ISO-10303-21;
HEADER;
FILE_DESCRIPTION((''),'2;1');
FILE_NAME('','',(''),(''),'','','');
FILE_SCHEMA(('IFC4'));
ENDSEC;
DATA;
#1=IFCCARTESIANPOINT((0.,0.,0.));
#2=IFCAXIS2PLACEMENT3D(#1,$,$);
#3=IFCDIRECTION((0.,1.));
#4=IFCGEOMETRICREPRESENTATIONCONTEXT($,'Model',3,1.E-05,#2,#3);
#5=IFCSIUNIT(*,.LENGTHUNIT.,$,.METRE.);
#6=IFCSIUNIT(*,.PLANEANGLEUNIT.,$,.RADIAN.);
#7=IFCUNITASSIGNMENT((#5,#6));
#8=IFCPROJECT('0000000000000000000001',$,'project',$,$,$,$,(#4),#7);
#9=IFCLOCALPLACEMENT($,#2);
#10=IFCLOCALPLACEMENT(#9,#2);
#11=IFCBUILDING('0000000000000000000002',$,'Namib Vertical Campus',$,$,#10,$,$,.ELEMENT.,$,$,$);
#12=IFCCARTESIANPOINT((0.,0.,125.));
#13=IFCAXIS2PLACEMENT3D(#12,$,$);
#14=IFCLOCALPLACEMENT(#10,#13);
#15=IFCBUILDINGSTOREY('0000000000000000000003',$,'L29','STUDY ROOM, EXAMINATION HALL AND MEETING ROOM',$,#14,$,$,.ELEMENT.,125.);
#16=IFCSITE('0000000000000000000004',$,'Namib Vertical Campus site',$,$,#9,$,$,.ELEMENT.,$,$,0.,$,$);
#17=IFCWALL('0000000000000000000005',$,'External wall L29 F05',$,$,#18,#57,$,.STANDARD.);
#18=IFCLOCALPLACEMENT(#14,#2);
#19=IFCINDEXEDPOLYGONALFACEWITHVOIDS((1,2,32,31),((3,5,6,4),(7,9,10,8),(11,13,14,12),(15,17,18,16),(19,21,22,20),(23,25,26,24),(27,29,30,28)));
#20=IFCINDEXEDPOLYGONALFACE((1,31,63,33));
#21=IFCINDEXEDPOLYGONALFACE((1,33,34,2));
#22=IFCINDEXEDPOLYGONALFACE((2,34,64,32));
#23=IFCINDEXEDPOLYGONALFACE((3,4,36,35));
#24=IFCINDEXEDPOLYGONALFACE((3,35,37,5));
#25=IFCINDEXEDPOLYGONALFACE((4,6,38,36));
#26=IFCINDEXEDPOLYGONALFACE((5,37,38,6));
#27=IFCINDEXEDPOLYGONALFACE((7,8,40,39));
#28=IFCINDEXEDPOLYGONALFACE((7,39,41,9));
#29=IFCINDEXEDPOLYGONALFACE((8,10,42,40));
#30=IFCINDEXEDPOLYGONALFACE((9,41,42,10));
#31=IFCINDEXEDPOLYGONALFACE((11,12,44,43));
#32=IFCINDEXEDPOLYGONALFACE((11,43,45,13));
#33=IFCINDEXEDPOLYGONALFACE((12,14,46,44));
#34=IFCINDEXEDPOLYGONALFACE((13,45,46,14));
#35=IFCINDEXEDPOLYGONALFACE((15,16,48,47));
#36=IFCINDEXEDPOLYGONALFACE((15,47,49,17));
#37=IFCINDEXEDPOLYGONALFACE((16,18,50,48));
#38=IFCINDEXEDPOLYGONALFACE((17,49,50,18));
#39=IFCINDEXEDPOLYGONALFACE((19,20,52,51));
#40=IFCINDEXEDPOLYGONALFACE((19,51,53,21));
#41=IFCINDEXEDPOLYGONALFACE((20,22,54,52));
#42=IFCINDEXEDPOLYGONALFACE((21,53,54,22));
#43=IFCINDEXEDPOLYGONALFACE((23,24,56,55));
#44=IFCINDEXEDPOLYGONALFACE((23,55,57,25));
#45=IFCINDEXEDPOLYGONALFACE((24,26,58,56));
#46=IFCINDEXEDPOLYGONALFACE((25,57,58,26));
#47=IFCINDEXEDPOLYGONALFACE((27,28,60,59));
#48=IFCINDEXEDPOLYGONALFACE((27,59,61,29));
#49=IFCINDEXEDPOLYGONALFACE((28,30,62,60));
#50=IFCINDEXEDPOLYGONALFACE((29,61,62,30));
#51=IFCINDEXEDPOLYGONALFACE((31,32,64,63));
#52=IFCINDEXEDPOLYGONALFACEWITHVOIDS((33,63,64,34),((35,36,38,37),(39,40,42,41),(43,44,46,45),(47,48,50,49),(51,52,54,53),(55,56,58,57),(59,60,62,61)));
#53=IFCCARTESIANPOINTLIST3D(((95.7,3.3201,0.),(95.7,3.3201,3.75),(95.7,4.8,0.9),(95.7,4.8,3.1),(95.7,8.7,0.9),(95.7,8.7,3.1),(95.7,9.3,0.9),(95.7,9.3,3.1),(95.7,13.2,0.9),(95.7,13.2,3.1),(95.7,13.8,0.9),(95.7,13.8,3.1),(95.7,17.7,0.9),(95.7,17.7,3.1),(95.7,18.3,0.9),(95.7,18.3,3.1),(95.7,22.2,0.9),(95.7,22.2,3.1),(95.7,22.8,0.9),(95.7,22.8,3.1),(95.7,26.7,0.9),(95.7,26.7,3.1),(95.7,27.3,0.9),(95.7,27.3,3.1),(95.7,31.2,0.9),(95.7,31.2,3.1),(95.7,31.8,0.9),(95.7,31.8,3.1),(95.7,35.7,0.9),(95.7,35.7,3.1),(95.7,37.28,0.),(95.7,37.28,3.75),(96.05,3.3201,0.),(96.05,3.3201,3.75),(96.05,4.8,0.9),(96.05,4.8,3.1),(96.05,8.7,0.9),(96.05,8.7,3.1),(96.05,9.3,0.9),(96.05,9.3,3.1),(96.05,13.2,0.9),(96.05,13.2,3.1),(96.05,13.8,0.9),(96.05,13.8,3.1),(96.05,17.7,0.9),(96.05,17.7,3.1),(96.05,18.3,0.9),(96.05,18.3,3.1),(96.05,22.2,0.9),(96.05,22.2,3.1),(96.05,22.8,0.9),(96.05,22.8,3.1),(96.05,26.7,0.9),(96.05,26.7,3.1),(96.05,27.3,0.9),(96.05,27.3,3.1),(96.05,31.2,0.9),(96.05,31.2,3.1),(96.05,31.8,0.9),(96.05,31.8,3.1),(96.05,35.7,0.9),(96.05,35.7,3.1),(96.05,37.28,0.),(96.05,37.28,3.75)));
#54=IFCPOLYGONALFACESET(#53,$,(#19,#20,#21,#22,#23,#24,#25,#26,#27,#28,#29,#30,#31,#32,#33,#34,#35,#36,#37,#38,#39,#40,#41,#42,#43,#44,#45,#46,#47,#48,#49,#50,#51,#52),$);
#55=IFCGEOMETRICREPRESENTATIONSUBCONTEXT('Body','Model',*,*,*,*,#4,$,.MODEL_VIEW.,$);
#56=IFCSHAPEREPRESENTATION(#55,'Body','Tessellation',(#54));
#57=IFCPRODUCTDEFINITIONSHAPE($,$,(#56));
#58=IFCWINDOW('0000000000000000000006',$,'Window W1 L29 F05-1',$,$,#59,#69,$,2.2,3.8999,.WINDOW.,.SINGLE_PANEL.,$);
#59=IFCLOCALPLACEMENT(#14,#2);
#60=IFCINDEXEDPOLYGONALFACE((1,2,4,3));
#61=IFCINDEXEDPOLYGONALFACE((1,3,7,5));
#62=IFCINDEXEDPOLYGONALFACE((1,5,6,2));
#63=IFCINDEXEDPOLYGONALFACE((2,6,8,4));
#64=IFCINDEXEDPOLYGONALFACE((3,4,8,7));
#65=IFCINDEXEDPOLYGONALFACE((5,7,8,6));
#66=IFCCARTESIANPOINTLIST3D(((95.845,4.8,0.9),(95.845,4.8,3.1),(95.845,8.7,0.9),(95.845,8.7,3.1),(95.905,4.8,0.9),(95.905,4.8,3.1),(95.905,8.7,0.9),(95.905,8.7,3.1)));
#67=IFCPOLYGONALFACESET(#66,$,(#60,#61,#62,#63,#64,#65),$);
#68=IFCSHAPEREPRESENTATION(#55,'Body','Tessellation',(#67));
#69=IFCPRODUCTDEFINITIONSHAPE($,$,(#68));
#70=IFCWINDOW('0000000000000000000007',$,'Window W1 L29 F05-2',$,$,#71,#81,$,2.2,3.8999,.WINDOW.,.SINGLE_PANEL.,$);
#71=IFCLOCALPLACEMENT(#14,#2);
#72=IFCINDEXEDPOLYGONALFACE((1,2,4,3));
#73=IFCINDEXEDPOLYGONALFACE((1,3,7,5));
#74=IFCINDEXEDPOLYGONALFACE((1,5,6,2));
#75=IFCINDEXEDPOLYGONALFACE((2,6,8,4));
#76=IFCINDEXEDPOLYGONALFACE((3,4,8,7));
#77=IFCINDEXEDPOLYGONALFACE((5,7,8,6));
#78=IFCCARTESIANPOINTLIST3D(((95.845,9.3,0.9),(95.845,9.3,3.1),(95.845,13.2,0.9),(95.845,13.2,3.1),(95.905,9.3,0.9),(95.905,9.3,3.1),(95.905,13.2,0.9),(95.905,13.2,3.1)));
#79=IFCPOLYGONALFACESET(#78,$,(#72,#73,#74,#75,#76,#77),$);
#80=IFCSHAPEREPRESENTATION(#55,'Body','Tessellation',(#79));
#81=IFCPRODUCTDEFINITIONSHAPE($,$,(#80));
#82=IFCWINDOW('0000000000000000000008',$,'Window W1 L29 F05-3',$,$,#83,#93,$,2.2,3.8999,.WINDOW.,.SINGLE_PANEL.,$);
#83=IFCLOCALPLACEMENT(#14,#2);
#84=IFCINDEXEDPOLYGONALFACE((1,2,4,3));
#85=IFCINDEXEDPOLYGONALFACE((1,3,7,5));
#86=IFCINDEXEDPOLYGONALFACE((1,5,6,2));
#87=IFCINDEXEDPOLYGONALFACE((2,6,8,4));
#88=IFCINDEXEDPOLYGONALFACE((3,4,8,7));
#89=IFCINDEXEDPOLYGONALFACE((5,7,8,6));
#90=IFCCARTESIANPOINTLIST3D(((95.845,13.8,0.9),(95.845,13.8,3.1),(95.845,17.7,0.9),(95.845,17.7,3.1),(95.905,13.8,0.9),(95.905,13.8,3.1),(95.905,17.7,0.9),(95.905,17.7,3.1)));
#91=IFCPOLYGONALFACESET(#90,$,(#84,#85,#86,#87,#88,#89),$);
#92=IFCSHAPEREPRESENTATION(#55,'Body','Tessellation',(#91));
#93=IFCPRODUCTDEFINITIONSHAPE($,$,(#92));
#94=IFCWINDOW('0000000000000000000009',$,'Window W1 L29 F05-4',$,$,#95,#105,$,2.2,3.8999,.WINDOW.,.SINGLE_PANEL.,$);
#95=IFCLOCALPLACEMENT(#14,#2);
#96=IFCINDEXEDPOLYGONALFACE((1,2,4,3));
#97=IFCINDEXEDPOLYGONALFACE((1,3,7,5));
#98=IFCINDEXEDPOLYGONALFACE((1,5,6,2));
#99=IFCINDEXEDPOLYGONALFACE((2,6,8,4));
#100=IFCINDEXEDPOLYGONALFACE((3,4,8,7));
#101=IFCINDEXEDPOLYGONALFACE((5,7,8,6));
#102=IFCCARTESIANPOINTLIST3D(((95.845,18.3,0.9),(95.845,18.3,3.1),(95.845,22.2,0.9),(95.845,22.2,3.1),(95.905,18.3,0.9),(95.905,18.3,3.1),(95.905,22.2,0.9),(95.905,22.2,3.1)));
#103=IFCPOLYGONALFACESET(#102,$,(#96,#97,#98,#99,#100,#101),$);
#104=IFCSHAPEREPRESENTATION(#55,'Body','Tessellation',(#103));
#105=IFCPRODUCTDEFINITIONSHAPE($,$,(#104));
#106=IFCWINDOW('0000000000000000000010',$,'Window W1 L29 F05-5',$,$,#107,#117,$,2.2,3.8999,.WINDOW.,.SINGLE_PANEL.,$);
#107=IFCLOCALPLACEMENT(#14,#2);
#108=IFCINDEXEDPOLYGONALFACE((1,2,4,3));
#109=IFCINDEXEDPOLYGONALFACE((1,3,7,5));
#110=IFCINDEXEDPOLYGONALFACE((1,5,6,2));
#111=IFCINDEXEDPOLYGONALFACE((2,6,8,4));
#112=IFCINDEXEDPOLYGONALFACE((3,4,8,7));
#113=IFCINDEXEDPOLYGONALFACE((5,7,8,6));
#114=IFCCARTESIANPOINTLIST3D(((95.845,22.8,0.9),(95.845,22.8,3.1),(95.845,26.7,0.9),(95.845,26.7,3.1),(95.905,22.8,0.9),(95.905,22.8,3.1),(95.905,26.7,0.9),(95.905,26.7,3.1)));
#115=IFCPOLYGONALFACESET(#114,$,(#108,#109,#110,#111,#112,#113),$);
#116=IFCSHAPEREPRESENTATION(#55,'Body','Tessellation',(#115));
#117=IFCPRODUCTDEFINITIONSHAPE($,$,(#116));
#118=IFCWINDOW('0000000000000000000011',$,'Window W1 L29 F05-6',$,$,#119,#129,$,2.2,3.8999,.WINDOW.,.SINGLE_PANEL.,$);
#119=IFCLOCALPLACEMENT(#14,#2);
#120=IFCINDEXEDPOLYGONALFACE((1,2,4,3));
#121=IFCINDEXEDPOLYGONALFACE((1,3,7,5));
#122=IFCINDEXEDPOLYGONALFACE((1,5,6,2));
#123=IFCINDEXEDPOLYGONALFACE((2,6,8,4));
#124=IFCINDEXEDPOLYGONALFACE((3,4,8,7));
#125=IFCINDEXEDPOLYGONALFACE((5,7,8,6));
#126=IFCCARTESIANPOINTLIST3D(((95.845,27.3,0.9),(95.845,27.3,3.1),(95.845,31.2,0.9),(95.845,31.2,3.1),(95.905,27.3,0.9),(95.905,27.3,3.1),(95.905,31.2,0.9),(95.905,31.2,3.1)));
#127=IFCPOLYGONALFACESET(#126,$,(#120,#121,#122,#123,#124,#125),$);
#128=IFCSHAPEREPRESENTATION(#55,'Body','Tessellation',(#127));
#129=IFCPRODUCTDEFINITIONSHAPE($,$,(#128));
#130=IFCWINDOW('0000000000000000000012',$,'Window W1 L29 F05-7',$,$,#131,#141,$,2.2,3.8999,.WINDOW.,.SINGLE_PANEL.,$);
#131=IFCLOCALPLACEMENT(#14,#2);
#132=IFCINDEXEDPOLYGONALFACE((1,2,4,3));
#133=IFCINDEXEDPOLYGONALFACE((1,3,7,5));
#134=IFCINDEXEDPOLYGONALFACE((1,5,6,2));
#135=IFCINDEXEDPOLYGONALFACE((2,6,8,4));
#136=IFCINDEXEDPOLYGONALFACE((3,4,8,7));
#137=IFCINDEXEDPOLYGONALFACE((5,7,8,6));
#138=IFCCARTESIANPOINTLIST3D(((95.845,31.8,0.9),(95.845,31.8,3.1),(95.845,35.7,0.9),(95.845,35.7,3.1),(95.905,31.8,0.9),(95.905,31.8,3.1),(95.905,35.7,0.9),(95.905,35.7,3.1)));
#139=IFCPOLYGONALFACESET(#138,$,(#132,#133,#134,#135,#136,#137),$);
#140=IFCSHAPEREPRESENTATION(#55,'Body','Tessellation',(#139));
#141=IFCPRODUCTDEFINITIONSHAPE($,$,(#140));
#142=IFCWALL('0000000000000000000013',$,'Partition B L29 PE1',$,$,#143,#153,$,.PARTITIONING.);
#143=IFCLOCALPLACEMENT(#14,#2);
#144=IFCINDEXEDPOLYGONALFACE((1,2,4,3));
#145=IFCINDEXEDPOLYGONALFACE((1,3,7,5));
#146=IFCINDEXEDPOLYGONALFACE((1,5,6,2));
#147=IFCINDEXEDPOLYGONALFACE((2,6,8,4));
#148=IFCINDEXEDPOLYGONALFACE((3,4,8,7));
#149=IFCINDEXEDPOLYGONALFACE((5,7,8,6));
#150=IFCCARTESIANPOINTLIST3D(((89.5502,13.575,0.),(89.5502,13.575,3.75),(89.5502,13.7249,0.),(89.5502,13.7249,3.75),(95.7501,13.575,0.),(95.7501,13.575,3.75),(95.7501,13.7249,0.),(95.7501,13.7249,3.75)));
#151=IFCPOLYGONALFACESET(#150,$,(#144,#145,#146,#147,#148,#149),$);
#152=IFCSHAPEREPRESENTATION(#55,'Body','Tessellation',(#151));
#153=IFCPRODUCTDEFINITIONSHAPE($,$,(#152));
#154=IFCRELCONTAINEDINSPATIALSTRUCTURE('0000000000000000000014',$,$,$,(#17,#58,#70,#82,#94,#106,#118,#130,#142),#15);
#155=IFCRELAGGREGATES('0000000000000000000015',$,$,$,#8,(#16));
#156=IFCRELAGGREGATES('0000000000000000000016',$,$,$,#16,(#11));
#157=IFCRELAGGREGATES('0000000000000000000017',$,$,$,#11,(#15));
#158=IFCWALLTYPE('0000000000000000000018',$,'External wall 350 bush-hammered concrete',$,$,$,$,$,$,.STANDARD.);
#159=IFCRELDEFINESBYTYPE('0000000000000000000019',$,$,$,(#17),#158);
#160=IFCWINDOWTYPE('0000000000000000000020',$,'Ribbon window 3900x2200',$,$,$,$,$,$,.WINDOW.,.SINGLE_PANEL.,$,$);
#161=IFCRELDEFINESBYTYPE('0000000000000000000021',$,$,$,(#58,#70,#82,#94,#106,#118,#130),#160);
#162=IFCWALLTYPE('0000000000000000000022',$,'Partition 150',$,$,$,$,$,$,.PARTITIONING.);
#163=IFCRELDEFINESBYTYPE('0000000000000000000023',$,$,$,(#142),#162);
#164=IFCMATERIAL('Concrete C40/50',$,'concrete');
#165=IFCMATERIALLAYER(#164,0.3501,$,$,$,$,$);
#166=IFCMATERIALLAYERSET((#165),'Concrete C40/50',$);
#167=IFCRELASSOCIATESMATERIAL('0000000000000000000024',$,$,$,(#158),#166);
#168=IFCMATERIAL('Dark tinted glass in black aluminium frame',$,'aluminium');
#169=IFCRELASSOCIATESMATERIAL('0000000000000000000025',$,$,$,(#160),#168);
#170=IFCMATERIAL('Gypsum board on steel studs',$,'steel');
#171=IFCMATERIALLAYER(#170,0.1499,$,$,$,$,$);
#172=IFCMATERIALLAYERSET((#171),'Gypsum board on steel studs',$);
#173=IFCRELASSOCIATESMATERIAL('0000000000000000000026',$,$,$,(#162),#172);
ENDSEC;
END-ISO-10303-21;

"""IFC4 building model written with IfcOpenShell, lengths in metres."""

from ifc_helpers import new_model, si_unit, direction, frame, frame_2d, origin, place, context, subcontext, project, spatial, rectangle, extrude, material, layer, layer_set, type_object, element, fill, save


model = new_model("IFC4")

# Units and contexts
model_context = context("Model", 3, precision=1e-05, world=origin(), true_north=direction((0.0, 1.0)))
body_context = subcontext(model_context, "Body", "Model", "MODEL_VIEW")
ifc_project = project(units=[si_unit("LENGTHUNIT", "METRE"), si_unit("PLANEANGLEUNIT", "RADIAN")], contexts=[model_context])

# Site, building, storey
site_placement = place(None, origin())
site = spatial("IfcSite", under=ifc_project, at=site_placement, Name="Namib Vertical Campus site", CompositionType="ELEMENT", RefElevation=0.0)
building_placement = place(site_placement, origin())
building = spatial("IfcBuilding", under=site, at=building_placement, Name="Namib Vertical Campus", CompositionType="ELEMENT")
storey_placement = place(building_placement, frame((0.0, 0.0, 125.0)))
storey = spatial("IfcBuildingStorey", under=building, at=storey_placement, Name="L29", Description="STUDY ROOM, EXAMINATION HALL AND MEETING ROOM", CompositionType="ELEMENT", Elevation=125.0)

# Wall, openings, windows
ifc_material_1 = material(Name="Concrete C40/50", Category="concrete")
ifc_layer_1 = layer(ifc_material_1, 0.3501)
ifc_layer_set_1 = layer_set([ifc_layer_1], Name="Concrete C40/50")
wall_type_1 = type_object("IfcWallType", Name="External wall 350 bush-hammered concrete", PredefinedType="STANDARD", material=ifc_layer_set_1)
wall_1_placement = place(storey_placement, frame((95.875, 3.3201, 0.0), z_axis=(0.0, 0.0, 1.0), x_axis=(0.0, 1.0, 0.0)))
wall_1 = element("IfcWall", 1, at=wall_1_placement, inside=storey, type_object=wall_type_1, Name="External wall L29 F05", PredefinedType="STANDARD", context=body_context, shape_type="SweptSolid", body=[
    extrude(rectangle(XDim=33.96, YDim=0.3501, at=frame_2d((16.98, 0.0))), origin(), (0.0, 0.0, 1.0), 3.75),
])
opening_1_placement = place(wall_1_placement, frame((1.48, 0.0, 0.8999)))
opening_1 = element("IfcOpeningElement", 2, at=opening_1_placement, cuts=wall_1, PredefinedType="OPENING", context=body_context, shape_type="SweptSolid", body=[
    extrude(rectangle(XDim=3.8999, YDim=2.2, at=frame_2d((1.95, 1.1001))), frame((0.0, 0.1851, 0.0), z_axis=(0.0, -1.0, 0.0), x_axis=(1.0, 0.0, 0.0)), (0.0, 0.0, 1.0), 0.3701),
])
opening_2_placement = place(wall_1_placement, frame((5.98, 0.0, 0.8999)))
opening_2 = element("IfcOpeningElement", 3, at=opening_2_placement, cuts=wall_1, PredefinedType="OPENING", context=body_context, shape_type="SweptSolid", body=[
    extrude(rectangle(XDim=3.8999, YDim=2.2, at=frame_2d((1.95, 1.1001))), frame((0.0, 0.1851, 0.0), z_axis=(0.0, -1.0, 0.0), x_axis=(1.0, 0.0, 0.0)), (0.0, 0.0, 1.0), 0.3701),
])
opening_3_placement = place(wall_1_placement, frame((10.48, 0.0, 0.8999)))
opening_3 = element("IfcOpeningElement", 4, at=opening_3_placement, cuts=wall_1, PredefinedType="OPENING", context=body_context, shape_type="SweptSolid", body=[
    extrude(rectangle(XDim=3.8999, YDim=2.2, at=frame_2d((1.95, 1.1001))), frame((0.0, 0.1851, 0.0), z_axis=(0.0, -1.0, 0.0), x_axis=(1.0, 0.0, 0.0)), (0.0, 0.0, 1.0), 0.3701),
])
opening_4_placement = place(wall_1_placement, frame((14.98, 0.0, 0.8999)))
opening_4 = element("IfcOpeningElement", 5, at=opening_4_placement, cuts=wall_1, PredefinedType="OPENING", context=body_context, shape_type="SweptSolid", body=[
    extrude(rectangle(XDim=3.8999, YDim=2.2, at=frame_2d((1.95, 1.1001))), frame((0.0, 0.1851, 0.0), z_axis=(0.0, -1.0, 0.0), x_axis=(1.0, 0.0, 0.0)), (0.0, 0.0, 1.0), 0.3701),
])
opening_5_placement = place(wall_1_placement, frame((19.48, 0.0, 0.8999)))
opening_5 = element("IfcOpeningElement", 6, at=opening_5_placement, cuts=wall_1, PredefinedType="OPENING", context=body_context, shape_type="SweptSolid", body=[
    extrude(rectangle(XDim=3.8999, YDim=2.2, at=frame_2d((1.95, 1.1001))), frame((0.0, 0.1851, 0.0), z_axis=(0.0, -1.0, 0.0), x_axis=(1.0, 0.0, 0.0)), (0.0, 0.0, 1.0), 0.3701),
])
opening_6_placement = place(wall_1_placement, frame((23.98, 0.0, 0.8999)))
opening_6 = element("IfcOpeningElement", 7, at=opening_6_placement, cuts=wall_1, PredefinedType="OPENING", context=body_context, shape_type="SweptSolid", body=[
    extrude(rectangle(XDim=3.8999, YDim=2.2, at=frame_2d((1.95, 1.1001))), frame((0.0, 0.1851, 0.0), z_axis=(0.0, -1.0, 0.0), x_axis=(1.0, 0.0, 0.0)), (0.0, 0.0, 1.0), 0.3701),
])
opening_7_placement = place(wall_1_placement, frame((28.48, 0.0, 0.8999)))
opening_7 = element("IfcOpeningElement", 8, at=opening_7_placement, cuts=wall_1, PredefinedType="OPENING", context=body_context, shape_type="SweptSolid", body=[
    extrude(rectangle(XDim=3.8999, YDim=2.2, at=frame_2d((1.95, 1.1001))), frame((0.0, 0.1851, 0.0), z_axis=(0.0, -1.0, 0.0), x_axis=(1.0, 0.0, 0.0)), (0.0, 0.0, 1.0), 0.3701),
])
ifc_material_2 = material(Name="Dark tinted glass in black aluminium frame", Category="aluminium")
window_type = type_object("IfcWindowType", Name="Ribbon window 3900x2200", PartitioningType="SINGLE_PANEL", PredefinedType="WINDOW", material=ifc_material_2)
window_1_placement = place(opening_1_placement, origin())
window_1 = element("IfcWindow", 9, at=window_1_placement, inside=storey, type_object=window_type, Name="Window W1 L29 F05-1", OverallHeight=2.2, OverallWidth=3.8999, PartitioningType="SINGLE_PANEL", PredefinedType="WINDOW", context=body_context, shape_type="SweptSolid", body=[
    extrude(rectangle(XDim=3.8999, YDim=2.2, at=frame_2d((1.95, 1.1001))), frame((0.0, 0.03, 0.0), z_axis=(0.0, -1.0, 0.0), x_axis=(1.0, 0.0, 0.0)), (0.0, 0.0, 1.0), 0.0601),
])
fill(opening_1, window_1)
window_2_placement = place(opening_2_placement, origin())
window_2 = element("IfcWindow", 10, at=window_2_placement, inside=storey, type_object=window_type, Name="Window W1 L29 F05-2", OverallHeight=2.2, OverallWidth=3.8999, PartitioningType="SINGLE_PANEL", PredefinedType="WINDOW", context=body_context, shape_type="SweptSolid", body=[
    extrude(rectangle(XDim=3.8999, YDim=2.2, at=frame_2d((1.95, 1.1001))), frame((0.0, 0.03, 0.0), z_axis=(0.0, -1.0, 0.0), x_axis=(1.0, 0.0, 0.0)), (0.0, 0.0, 1.0), 0.0601),
])
fill(opening_2, window_2)
window_3_placement = place(opening_3_placement, origin())
window_3 = element("IfcWindow", 11, at=window_3_placement, inside=storey, type_object=window_type, Name="Window W1 L29 F05-3", OverallHeight=2.2, OverallWidth=3.8999, PartitioningType="SINGLE_PANEL", PredefinedType="WINDOW", context=body_context, shape_type="SweptSolid", body=[
    extrude(rectangle(XDim=3.8999, YDim=2.2, at=frame_2d((1.95, 1.1001))), frame((0.0, 0.03, 0.0), z_axis=(0.0, -1.0, 0.0), x_axis=(1.0, 0.0, 0.0)), (0.0, 0.0, 1.0), 0.0601),
])
fill(opening_3, window_3)
window_4_placement = place(opening_4_placement, origin())
window_4 = element("IfcWindow", 12, at=window_4_placement, inside=storey, type_object=window_type, Name="Window W1 L29 F05-4", OverallHeight=2.2, OverallWidth=3.8999, PartitioningType="SINGLE_PANEL", PredefinedType="WINDOW", context=body_context, shape_type="SweptSolid", body=[
    extrude(rectangle(XDim=3.8999, YDim=2.2, at=frame_2d((1.95, 1.1001))), frame((0.0, 0.03, 0.0), z_axis=(0.0, -1.0, 0.0), x_axis=(1.0, 0.0, 0.0)), (0.0, 0.0, 1.0), 0.0601),
])
fill(opening_4, window_4)
window_5_placement = place(opening_5_placement, origin())
window_5 = element("IfcWindow", 13, at=window_5_placement, inside=storey, type_object=window_type, Name="Window W1 L29 F05-5", OverallHeight=2.2, OverallWidth=3.8999, PartitioningType="SINGLE_PANEL", PredefinedType="WINDOW", context=body_context, shape_type="SweptSolid", body=[
    extrude(rectangle(XDim=3.8999, YDim=2.2, at=frame_2d((1.95, 1.1001))), frame((0.0, 0.03, 0.0), z_axis=(0.0, -1.0, 0.0), x_axis=(1.0, 0.0, 0.0)), (0.0, 0.0, 1.0), 0.0601),
])
fill(opening_5, window_5)
window_6_placement = place(opening_6_placement, origin())
window_6 = element("IfcWindow", 14, at=window_6_placement, inside=storey, type_object=window_type, Name="Window W1 L29 F05-6", OverallHeight=2.2, OverallWidth=3.8999, PartitioningType="SINGLE_PANEL", PredefinedType="WINDOW", context=body_context, shape_type="SweptSolid", body=[
    extrude(rectangle(XDim=3.8999, YDim=2.2, at=frame_2d((1.95, 1.1001))), frame((0.0, 0.03, 0.0), z_axis=(0.0, -1.0, 0.0), x_axis=(1.0, 0.0, 0.0)), (0.0, 0.0, 1.0), 0.0601),
])
fill(opening_6, window_6)
window_7_placement = place(opening_7_placement, origin())
window_7 = element("IfcWindow", 15, at=window_7_placement, inside=storey, type_object=window_type, Name="Window W1 L29 F05-7", OverallHeight=2.2, OverallWidth=3.8999, PartitioningType="SINGLE_PANEL", PredefinedType="WINDOW", context=body_context, shape_type="SweptSolid", body=[
    extrude(rectangle(XDim=3.8999, YDim=2.2, at=frame_2d((1.95, 1.1001))), frame((0.0, 0.03, 0.0), z_axis=(0.0, -1.0, 0.0), x_axis=(1.0, 0.0, 0.0)), (0.0, 0.0, 1.0), 0.0601),
])
fill(opening_7, window_7)

# Wall
ifc_material_3 = material(Name="Gypsum board on steel studs", Category="steel")
ifc_layer_2 = layer(ifc_material_3, 0.1499)
ifc_layer_set_2 = layer_set([ifc_layer_2], Name="Gypsum board on steel studs")
wall_type_2 = type_object("IfcWallType", Name="Partition 150", PredefinedType="PARTITIONING", material=ifc_layer_set_2)
wall_2_placement = place(storey_placement, frame((89.55, 13.6499, 0.0), z_axis=(0.0, 0.0, 1.0), x_axis=(1.0, 0.0, 0.0)))
element("IfcWall", 16, at=wall_2_placement, inside=storey, type_object=wall_type_2, Name="Partition B L29 PE1", PredefinedType="PARTITIONING", context=body_context, shape_type="SweptSolid", body=[
    extrude(rectangle(XDim=6.2, YDim=0.1499, at=frame_2d((3.1001, 0.0))), origin(), (0.0, 0.0, 1.0), 3.75),
])

save(model, "model.ifc")
